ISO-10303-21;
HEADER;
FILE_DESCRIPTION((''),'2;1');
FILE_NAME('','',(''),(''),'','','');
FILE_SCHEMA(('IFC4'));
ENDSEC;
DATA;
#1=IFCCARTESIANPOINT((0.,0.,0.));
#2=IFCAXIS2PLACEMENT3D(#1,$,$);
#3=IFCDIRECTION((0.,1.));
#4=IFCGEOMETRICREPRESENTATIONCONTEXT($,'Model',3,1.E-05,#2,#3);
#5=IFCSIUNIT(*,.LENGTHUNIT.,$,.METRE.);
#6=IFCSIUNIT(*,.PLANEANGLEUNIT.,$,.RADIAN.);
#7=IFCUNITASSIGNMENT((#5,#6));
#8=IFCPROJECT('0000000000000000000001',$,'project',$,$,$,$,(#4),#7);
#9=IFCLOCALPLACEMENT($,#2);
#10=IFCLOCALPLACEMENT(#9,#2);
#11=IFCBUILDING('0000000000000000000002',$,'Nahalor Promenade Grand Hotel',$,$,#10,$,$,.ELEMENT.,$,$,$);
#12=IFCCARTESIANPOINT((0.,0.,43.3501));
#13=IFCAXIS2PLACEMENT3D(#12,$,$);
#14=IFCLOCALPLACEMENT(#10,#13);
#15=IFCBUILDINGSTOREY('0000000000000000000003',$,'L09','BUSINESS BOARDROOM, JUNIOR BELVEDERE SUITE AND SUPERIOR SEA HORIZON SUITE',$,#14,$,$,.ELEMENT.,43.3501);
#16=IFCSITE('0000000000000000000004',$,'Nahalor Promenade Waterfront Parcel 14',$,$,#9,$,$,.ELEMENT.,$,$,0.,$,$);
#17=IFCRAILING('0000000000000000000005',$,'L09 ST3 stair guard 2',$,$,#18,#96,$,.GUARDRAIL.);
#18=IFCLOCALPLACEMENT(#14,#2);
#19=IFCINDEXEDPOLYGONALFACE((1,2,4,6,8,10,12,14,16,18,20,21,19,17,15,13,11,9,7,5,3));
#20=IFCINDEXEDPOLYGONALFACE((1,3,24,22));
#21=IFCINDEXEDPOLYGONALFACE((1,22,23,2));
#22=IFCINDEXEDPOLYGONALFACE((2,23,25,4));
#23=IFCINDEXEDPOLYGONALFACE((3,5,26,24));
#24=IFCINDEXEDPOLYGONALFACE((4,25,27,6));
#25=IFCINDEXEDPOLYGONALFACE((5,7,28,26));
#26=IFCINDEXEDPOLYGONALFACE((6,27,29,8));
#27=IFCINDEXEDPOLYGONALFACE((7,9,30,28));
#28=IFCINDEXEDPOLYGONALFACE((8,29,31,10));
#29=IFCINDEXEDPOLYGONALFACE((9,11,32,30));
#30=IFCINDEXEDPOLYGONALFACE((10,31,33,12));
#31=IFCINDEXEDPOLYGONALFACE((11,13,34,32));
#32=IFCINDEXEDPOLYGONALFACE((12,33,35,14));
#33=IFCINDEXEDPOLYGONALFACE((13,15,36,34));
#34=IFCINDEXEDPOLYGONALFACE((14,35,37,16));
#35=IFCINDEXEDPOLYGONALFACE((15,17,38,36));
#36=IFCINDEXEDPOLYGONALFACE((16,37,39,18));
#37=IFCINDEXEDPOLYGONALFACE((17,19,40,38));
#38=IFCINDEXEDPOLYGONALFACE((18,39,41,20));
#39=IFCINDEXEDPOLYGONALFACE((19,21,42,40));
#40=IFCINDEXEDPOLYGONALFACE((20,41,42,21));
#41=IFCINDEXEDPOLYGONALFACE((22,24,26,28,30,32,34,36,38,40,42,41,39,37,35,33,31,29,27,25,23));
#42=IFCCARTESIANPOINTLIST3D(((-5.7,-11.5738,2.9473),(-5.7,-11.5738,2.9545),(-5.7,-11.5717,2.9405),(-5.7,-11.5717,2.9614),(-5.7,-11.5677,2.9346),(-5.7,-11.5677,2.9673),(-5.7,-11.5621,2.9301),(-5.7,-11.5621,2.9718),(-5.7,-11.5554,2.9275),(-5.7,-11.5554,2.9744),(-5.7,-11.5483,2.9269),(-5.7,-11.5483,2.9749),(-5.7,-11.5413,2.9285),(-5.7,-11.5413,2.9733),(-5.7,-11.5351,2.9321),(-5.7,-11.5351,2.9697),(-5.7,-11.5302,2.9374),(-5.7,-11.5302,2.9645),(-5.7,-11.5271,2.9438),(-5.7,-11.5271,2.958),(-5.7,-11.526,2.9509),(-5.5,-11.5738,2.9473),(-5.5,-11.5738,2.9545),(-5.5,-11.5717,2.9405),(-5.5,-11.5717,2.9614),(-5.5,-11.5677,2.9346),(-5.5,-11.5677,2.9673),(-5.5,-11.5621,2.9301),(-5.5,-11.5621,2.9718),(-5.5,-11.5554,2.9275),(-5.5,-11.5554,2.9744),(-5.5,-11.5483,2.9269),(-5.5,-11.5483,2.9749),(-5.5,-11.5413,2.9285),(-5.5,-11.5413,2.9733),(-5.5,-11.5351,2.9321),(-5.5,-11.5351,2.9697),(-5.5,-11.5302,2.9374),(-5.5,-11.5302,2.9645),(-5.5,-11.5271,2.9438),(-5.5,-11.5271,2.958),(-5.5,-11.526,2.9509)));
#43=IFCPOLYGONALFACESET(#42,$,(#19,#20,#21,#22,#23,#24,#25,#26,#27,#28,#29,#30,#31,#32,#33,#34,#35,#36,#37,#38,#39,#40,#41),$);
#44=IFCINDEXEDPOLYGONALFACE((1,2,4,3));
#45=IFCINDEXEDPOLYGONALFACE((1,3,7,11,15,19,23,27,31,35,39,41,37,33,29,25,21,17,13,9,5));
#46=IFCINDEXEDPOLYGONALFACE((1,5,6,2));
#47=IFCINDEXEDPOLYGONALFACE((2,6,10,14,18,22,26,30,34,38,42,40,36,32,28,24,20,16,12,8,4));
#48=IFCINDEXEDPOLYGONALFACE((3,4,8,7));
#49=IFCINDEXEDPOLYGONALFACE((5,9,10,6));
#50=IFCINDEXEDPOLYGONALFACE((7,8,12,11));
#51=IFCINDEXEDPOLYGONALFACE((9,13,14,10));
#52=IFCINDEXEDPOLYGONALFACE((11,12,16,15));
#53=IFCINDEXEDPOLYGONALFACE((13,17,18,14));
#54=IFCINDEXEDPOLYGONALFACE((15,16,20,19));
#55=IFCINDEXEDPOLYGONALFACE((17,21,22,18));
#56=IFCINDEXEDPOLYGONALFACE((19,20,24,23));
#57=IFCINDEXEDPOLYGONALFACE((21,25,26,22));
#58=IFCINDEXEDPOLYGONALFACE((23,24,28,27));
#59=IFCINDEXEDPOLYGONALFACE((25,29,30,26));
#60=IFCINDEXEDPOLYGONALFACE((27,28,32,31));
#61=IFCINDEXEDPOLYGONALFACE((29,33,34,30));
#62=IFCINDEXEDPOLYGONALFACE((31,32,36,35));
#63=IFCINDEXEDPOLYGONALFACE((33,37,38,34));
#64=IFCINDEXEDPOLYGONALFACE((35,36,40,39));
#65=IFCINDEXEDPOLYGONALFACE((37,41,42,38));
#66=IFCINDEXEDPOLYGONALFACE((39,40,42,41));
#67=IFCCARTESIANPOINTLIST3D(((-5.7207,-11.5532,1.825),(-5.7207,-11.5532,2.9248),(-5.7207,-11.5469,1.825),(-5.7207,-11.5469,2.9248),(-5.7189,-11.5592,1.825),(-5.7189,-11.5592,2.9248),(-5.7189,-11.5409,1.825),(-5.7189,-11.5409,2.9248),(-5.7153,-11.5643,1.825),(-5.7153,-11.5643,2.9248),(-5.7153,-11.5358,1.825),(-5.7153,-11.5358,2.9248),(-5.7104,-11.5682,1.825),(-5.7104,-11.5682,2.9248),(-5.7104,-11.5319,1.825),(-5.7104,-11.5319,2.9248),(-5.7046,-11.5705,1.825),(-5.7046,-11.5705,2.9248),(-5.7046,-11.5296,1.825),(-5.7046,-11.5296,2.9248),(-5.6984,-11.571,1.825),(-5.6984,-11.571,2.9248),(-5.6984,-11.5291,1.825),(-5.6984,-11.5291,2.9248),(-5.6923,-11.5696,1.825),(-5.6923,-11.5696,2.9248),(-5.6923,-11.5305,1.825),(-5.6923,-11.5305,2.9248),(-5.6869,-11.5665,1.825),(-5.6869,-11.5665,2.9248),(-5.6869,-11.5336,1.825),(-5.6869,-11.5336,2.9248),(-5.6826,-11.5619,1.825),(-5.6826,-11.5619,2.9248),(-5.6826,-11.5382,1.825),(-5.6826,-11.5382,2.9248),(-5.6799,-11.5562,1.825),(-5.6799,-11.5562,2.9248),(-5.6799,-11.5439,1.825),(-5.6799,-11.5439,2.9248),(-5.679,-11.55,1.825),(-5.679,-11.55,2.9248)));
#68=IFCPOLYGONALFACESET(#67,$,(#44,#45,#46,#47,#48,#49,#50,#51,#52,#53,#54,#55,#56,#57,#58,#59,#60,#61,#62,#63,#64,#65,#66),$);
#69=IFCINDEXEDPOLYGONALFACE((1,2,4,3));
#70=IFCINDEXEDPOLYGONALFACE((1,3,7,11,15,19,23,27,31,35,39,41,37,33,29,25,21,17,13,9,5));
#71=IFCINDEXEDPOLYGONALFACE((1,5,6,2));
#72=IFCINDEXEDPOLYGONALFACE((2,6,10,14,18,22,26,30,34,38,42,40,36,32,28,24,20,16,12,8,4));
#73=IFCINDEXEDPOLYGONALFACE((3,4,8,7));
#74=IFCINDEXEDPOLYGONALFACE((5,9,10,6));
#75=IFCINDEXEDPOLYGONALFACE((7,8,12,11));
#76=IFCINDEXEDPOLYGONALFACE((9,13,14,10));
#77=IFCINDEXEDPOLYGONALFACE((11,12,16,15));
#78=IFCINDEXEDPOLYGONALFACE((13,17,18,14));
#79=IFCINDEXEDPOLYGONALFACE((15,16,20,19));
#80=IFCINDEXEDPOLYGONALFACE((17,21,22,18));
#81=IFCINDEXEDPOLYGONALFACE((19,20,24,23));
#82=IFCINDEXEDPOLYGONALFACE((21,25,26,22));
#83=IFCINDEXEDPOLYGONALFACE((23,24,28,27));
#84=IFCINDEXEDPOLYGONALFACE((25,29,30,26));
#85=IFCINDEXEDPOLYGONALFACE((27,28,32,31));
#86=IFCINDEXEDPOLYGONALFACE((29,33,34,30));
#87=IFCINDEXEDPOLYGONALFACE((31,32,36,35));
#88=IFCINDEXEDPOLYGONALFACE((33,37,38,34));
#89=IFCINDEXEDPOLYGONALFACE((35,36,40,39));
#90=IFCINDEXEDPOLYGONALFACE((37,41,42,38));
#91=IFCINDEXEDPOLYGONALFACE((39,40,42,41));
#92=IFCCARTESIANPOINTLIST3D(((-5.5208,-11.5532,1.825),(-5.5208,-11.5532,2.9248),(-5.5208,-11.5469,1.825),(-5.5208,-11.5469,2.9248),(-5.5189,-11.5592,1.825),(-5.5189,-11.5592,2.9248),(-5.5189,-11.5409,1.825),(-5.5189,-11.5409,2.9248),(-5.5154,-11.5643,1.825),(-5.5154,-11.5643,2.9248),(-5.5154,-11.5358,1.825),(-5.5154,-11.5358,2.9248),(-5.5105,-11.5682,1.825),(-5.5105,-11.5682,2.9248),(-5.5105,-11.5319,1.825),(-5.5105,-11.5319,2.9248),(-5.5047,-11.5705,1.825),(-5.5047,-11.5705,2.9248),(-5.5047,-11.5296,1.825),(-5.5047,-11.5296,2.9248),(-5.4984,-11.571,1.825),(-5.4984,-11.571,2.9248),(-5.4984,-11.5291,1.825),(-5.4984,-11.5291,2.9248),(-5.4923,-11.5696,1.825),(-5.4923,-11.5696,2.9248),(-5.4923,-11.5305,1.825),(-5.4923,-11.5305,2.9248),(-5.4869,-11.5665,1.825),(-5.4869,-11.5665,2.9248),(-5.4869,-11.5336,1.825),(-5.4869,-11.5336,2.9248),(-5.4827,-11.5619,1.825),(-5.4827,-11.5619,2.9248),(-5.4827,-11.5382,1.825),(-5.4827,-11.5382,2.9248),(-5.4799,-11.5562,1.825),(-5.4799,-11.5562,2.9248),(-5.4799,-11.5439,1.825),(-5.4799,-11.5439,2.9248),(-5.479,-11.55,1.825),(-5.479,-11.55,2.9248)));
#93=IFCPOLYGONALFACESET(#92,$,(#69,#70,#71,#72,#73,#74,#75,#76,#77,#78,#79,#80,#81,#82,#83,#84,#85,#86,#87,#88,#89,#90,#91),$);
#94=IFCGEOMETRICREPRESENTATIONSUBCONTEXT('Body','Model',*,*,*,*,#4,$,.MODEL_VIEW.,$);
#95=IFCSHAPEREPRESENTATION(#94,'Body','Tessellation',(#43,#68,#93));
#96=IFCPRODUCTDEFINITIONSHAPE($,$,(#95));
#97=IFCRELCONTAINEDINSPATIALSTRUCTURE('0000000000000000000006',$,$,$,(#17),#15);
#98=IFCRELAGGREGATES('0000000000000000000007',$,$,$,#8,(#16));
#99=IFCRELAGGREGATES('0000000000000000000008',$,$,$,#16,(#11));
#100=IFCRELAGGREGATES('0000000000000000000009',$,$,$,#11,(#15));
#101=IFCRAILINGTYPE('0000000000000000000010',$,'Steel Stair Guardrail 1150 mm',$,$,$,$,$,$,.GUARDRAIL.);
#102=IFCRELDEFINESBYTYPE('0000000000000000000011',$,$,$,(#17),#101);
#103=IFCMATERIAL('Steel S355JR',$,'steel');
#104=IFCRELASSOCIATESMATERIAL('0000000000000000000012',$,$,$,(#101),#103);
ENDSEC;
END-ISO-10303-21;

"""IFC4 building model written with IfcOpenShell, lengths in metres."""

from ifc_helpers import new_model, si_unit, direction, frame, origin, origin_2d, place, context, subcontext, project, spatial, circle, extrude, material, type_object, element, save


model = new_model("IFC4")

# Units and contexts
model_context = context("Model", 3, precision=1e-05, world=origin(), true_north=direction((0.0, 1.0)))
body_context = subcontext(model_context, "Body", "Model", "MODEL_VIEW")
ifc_project = project(units=[si_unit("LENGTHUNIT", "METRE"), si_unit("PLANEANGLEUNIT", "RADIAN")], contexts=[model_context])

# Site, building, storey
site_placement = place(None, origin())
site = spatial("IfcSite", under=ifc_project, at=site_placement, Name="Nahalor Promenade Waterfront Parcel 14", CompositionType="ELEMENT", RefElevation=0.0)
building_placement = place(site_placement, origin())
building = spatial("IfcBuilding", under=site, at=building_placement, Name="Nahalor Promenade Grand Hotel", CompositionType="ELEMENT")
storey_placement = place(building_placement, frame((0.0, 0.0, 43.3501)))
storey = spatial("IfcBuildingStorey", under=building, at=storey_placement, Name="L09", Description="BUSINESS BOARDROOM, JUNIOR BELVEDERE SUITE AND SUPERIOR SEA HORIZON SUITE", CompositionType="ELEMENT", Elevation=43.3501)

# Shared definitions
ifc_material_1 = material(Name="Steel S355JR", Category="steel")

# Railing
railing_type_1 = type_object("IfcRailingType", Name="Steel Stair Guardrail 1150 mm", PredefinedType="GUARDRAIL", material=ifc_material_1)
railing_1_placement = place(storey_placement, frame((-5.7, -11.55, 1.825)))
element("IfcRailing", 1, at=railing_1_placement, inside=storey, type_object=railing_type_1, Name="L09 ST3 stair guard 2", PredefinedType="GUARDRAIL", context=body_context, shape_type="SweptSolid", body=[
    extrude(circle(Radius=0.024, at=origin_2d()), frame((0.0, 0.0, 1.126), z_axis=(1.0, 0.0, 0.0), x_axis=(0.0, 1.0, 0.0)), (0.0, 0.0, 1.0), 0.2),
    extrude(circle(Radius=0.021, at=origin_2d()), origin(), (0.0, 0.0, 1.0), 1.0999),
    extrude(circle(Radius=0.021, at=origin_2d()), frame((0.2, 0.0, 0.0)), (0.0, 0.0, 1.0), 1.0999),
])

save(model, "model.ifc")
